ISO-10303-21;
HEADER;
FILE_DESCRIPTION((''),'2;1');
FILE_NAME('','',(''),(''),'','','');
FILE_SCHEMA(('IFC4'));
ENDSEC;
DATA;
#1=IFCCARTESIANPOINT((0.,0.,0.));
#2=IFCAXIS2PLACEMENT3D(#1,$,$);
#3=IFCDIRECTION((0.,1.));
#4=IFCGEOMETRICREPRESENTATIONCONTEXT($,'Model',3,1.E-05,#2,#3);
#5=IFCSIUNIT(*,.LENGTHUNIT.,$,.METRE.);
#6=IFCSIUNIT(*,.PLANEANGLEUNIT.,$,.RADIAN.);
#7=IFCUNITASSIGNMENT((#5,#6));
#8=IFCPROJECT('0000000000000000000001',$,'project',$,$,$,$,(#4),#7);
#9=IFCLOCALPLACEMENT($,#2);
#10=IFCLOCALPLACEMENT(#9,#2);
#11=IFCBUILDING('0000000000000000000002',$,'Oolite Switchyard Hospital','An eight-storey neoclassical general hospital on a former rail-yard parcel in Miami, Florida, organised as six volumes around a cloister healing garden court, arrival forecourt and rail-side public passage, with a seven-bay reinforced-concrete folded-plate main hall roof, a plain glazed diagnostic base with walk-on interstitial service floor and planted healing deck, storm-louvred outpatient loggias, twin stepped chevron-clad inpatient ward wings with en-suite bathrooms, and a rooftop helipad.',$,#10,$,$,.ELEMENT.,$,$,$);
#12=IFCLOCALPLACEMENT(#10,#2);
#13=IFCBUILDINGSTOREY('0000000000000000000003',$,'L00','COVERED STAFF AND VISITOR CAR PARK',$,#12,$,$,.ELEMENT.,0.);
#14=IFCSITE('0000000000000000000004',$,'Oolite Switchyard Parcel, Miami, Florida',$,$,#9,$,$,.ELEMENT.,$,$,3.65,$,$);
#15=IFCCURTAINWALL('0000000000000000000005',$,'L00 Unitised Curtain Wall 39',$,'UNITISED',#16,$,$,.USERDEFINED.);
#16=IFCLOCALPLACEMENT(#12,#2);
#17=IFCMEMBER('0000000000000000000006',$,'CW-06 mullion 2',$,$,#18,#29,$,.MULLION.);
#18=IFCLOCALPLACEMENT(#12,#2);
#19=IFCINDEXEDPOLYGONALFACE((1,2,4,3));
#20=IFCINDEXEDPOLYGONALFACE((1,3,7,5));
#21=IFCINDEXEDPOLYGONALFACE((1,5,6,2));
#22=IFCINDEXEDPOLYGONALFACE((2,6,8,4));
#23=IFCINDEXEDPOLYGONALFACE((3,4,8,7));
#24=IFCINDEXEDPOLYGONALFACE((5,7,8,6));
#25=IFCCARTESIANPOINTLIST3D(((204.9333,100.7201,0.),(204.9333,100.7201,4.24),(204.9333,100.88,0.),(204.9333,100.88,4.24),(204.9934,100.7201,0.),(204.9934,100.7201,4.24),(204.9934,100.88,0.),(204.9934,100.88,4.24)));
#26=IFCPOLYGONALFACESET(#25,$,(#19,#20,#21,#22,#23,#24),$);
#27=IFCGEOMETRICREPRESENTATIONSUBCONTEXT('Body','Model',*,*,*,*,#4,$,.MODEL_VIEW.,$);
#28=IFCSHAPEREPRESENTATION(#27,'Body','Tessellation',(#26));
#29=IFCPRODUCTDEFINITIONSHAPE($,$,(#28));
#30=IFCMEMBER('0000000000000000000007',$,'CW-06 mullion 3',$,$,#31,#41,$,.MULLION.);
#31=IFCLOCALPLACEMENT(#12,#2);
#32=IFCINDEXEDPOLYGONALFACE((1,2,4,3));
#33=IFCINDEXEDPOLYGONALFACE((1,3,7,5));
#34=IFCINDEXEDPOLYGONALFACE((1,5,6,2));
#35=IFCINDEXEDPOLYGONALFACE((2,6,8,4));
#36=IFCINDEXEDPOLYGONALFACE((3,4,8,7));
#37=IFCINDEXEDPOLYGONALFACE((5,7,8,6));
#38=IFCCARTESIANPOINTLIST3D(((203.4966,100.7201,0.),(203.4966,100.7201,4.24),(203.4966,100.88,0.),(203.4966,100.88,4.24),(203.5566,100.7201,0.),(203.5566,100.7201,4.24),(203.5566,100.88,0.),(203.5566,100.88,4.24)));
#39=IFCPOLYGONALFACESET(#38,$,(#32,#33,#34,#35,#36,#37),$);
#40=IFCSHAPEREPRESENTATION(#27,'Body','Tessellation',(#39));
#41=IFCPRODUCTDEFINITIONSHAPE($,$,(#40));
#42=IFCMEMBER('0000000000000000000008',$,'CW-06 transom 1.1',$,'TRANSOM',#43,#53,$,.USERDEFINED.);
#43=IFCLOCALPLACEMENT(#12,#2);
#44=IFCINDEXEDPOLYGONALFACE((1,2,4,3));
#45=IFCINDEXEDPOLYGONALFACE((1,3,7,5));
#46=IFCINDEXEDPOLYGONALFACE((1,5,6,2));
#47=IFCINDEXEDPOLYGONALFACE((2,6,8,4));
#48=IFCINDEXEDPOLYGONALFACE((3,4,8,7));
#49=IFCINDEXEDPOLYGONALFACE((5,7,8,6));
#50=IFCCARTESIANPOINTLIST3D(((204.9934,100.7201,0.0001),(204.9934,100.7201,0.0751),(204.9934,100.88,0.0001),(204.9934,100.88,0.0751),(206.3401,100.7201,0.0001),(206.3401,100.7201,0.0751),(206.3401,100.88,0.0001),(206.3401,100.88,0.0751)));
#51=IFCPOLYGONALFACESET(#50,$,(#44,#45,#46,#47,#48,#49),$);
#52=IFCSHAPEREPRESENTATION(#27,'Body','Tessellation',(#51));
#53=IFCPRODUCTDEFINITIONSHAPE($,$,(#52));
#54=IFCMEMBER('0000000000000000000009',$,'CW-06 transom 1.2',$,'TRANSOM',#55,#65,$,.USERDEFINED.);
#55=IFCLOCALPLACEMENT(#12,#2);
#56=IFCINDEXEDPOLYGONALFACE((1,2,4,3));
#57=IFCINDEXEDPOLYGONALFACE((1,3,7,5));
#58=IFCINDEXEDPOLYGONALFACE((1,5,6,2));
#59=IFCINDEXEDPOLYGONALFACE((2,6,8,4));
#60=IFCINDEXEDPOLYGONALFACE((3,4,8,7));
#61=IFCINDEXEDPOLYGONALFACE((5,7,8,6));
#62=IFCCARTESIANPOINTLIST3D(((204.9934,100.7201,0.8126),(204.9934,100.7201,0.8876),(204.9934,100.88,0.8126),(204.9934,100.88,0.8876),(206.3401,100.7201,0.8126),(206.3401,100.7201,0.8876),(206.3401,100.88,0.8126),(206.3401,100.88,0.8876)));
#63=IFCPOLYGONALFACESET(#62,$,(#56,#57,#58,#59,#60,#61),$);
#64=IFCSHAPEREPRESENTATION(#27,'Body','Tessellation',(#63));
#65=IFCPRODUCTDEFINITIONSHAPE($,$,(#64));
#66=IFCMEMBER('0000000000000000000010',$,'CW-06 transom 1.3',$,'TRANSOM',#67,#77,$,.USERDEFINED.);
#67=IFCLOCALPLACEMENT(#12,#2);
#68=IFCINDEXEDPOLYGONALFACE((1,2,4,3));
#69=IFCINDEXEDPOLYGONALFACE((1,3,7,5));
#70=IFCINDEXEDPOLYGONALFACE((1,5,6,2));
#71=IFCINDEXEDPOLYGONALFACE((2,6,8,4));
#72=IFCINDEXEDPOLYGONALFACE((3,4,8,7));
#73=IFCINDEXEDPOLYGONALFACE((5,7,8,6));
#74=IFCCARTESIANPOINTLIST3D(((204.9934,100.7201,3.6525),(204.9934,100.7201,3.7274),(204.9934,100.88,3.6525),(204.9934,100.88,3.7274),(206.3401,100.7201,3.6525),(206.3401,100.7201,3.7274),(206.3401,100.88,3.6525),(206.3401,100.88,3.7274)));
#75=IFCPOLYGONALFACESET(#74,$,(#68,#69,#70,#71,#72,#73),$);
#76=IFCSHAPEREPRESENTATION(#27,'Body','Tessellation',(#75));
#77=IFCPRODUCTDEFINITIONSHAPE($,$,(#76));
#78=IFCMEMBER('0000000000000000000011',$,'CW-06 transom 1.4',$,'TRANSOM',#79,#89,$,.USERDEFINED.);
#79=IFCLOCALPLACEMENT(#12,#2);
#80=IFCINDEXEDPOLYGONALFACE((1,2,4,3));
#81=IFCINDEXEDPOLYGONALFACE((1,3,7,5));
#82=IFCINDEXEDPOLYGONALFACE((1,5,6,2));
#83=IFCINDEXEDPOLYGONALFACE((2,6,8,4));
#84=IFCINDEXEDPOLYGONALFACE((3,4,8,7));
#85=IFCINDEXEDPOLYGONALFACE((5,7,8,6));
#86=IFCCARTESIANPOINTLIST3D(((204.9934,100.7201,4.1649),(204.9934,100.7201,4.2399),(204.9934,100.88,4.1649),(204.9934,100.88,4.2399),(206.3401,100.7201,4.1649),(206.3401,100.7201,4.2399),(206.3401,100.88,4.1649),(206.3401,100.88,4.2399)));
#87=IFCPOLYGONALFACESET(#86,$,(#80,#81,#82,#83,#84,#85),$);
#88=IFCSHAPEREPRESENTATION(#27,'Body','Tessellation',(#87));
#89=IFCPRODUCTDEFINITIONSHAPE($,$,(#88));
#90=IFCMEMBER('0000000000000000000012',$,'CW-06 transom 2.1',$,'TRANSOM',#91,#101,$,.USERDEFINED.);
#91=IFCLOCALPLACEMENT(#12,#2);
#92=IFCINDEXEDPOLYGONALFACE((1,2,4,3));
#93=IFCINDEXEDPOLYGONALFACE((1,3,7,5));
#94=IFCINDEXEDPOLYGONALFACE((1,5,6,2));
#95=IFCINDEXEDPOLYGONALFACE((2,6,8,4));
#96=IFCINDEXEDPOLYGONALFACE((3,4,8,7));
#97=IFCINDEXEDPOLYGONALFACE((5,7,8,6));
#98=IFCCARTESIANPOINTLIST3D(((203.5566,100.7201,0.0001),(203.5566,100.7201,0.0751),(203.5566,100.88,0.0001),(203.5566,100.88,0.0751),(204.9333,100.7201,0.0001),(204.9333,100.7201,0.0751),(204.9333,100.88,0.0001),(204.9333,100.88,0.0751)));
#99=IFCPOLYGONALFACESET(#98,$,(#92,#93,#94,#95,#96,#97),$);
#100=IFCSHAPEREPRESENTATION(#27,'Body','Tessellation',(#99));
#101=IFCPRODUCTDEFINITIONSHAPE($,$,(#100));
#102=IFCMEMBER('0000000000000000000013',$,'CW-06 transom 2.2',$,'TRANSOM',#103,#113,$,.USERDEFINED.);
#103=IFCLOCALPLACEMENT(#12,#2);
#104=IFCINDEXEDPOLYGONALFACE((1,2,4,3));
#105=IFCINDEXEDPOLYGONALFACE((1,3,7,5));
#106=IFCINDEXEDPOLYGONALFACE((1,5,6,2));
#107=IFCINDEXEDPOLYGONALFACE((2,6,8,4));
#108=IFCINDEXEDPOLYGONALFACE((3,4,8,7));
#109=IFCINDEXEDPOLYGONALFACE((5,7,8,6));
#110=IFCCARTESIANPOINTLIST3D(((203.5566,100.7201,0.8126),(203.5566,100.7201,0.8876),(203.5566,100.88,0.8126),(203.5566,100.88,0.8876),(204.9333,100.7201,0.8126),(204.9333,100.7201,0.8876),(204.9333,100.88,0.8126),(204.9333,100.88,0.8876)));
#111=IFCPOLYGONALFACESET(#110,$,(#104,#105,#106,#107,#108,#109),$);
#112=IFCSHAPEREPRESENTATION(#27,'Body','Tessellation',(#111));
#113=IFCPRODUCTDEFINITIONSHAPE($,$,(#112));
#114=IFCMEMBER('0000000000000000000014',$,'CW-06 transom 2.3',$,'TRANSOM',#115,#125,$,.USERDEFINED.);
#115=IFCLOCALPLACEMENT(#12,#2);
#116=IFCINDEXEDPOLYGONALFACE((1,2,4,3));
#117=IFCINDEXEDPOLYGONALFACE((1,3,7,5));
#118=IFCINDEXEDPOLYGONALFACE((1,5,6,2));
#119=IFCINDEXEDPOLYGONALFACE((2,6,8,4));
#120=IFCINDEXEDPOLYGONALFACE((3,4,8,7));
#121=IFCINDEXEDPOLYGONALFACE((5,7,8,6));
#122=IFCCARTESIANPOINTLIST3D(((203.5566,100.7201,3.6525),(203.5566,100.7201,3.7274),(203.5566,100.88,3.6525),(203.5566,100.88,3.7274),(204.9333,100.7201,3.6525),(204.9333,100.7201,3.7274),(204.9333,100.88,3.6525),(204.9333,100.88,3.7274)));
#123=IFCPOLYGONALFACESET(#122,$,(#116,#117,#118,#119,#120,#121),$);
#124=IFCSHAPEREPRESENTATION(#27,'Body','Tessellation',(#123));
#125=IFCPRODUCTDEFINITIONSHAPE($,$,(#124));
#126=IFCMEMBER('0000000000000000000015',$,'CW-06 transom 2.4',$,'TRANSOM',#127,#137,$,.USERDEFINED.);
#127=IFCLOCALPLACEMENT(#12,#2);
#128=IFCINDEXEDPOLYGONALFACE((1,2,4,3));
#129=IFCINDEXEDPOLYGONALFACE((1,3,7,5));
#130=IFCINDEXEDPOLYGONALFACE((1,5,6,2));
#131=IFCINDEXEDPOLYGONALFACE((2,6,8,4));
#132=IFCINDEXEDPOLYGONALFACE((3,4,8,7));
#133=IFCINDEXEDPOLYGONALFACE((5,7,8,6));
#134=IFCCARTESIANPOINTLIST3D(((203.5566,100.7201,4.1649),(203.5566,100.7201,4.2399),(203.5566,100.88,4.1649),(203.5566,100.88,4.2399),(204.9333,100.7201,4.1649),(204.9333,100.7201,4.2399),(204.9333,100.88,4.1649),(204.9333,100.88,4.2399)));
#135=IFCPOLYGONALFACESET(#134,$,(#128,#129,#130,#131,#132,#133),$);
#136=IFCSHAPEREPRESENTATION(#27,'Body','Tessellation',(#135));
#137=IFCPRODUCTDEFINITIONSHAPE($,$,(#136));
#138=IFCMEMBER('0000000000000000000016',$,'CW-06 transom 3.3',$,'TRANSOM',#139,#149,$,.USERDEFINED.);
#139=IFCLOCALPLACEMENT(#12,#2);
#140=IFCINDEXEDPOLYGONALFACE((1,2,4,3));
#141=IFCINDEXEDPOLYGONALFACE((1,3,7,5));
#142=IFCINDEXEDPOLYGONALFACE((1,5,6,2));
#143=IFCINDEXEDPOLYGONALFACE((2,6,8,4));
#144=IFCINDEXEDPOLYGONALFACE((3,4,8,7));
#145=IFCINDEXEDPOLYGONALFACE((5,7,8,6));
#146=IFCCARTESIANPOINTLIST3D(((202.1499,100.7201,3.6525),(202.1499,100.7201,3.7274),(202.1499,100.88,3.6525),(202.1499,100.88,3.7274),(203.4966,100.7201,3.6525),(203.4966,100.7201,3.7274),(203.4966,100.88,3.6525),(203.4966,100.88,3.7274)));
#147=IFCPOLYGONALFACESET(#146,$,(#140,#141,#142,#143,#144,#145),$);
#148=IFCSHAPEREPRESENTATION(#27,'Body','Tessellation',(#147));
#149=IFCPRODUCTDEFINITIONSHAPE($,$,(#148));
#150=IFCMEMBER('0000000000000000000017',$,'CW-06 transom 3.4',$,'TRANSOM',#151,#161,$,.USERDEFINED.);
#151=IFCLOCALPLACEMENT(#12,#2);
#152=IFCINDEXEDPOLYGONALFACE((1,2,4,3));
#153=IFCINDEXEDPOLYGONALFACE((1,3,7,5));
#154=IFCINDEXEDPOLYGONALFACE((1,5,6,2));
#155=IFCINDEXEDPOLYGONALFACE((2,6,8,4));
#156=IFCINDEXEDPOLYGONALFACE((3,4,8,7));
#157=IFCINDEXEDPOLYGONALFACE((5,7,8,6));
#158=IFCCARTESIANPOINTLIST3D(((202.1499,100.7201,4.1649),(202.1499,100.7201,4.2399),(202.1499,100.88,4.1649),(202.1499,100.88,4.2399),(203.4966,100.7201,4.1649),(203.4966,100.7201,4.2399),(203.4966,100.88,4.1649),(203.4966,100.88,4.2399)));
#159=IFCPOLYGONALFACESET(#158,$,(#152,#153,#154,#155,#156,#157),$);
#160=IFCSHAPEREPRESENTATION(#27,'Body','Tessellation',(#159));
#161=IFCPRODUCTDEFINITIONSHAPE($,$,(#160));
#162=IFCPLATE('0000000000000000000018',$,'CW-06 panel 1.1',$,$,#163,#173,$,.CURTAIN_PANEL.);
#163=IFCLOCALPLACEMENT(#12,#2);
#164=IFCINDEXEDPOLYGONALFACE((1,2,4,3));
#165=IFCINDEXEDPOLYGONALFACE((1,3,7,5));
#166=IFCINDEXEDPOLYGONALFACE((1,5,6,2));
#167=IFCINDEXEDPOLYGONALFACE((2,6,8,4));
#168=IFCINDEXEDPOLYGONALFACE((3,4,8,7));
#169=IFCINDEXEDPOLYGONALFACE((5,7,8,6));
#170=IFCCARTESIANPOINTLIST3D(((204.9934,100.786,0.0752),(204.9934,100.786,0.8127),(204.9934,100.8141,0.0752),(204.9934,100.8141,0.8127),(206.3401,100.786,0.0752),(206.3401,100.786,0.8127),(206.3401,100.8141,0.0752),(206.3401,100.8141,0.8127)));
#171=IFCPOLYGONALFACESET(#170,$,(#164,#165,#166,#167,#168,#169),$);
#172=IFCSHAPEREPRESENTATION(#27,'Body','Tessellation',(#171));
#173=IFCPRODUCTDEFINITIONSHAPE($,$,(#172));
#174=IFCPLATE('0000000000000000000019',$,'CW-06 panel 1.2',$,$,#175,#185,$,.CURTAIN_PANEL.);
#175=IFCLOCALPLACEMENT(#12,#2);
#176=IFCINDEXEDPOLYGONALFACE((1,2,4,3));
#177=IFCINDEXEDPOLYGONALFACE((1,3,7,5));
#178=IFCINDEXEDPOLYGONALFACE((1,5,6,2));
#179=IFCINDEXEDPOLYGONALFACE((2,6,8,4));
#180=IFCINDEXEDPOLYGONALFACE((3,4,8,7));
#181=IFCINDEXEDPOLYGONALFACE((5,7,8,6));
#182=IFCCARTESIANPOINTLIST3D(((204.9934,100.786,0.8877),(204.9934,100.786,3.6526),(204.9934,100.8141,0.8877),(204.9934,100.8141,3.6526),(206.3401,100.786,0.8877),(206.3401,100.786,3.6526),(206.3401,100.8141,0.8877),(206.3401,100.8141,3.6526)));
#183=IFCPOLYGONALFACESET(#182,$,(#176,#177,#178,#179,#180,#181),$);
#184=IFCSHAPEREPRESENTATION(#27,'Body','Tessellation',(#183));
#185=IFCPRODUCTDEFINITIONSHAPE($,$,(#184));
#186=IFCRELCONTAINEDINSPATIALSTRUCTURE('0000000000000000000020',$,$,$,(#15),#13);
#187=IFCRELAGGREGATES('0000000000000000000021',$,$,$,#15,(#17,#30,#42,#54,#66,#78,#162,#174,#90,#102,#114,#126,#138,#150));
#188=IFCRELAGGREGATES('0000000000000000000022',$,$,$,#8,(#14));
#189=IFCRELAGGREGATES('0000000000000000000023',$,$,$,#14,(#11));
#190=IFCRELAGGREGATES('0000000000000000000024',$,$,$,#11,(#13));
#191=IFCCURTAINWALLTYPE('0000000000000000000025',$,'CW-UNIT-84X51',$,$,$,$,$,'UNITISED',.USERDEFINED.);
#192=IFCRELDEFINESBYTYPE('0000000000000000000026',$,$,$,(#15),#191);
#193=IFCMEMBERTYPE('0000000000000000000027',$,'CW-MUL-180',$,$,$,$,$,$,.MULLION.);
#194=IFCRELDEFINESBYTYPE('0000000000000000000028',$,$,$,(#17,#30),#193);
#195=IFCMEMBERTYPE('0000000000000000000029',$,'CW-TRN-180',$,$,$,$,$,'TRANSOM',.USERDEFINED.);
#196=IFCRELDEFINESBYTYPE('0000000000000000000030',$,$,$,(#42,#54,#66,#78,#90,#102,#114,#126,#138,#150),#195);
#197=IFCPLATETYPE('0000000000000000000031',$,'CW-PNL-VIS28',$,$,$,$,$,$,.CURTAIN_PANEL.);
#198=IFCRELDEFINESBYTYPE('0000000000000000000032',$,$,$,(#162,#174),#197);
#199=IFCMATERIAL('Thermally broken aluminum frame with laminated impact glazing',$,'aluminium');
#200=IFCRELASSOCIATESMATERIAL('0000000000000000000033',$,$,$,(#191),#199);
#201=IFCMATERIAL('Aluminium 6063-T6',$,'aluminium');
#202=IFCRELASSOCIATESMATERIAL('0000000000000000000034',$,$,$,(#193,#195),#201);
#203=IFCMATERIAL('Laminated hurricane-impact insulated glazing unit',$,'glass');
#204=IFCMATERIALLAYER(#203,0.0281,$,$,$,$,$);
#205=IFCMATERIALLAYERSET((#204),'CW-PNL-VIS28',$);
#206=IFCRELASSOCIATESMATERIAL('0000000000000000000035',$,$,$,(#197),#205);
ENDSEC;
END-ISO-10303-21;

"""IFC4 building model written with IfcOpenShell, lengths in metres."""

from ifc_helpers import new_model, si_unit, direction, frame, origin, origin_2d, place, context, subcontext, project, spatial, rectangle, extrude, material, layer, layer_set, material_profile, profile_set, type_object, element, aggregate, save


model = new_model("IFC4")

# Units and contexts
model_context = context("Model", 3, precision=1e-05, world=origin(), true_north=direction((0.0, 1.0)))
body_context = subcontext(model_context, "Body", "Model", "MODEL_VIEW")
ifc_project = project(units=[si_unit("LENGTHUNIT", "METRE"), si_unit("PLANEANGLEUNIT", "RADIAN")], contexts=[model_context])

# Site, building, storey
site_placement = place(None, origin())
site = spatial("IfcSite", under=ifc_project, at=site_placement, Name="Oolite Switchyard Parcel, Miami, Florida", CompositionType="ELEMENT", RefElevation=3.65)
building_placement = place(site_placement, origin())
building = spatial("IfcBuilding", under=site, at=building_placement, Name="Oolite Switchyard Hospital", Description="An eight-storey neoclassical general hospital on a former rail-yard parcel in Miami, Florida, organised as six volumes around a cloister healing garden court, arrival forecourt and rail-side public passage, with a seven-bay reinforced-concrete folded-plate main hall roof, a plain glazed diagnostic base with walk-on interstitial service floor and planted healing deck, storm-louvred outpatient loggias, twin stepped chevron-clad inpatient ward wings with en-suite bathrooms, and a rooftop helipad.", CompositionType="ELEMENT")
storey_placement = place(building_placement, origin())
storey = spatial("IfcBuildingStorey", under=building, at=storey_placement, Name="L00", Description="COVERED STAFF AND VISITOR CAR PARK", CompositionType="ELEMENT", Elevation=0.0)

# Curtain wall, members, plates
ifc_material_1 = material(Name="Thermally broken aluminum frame with laminated impact glazing", Category="aluminium")
curtain_wall_type = type_object("IfcCurtainWallType", Name="CW-UNIT-84X51", ElementType="UNITISED", PredefinedType="USERDEFINED", material=ifc_material_1)
curtain_wall_placement = place(storey_placement, origin())
curtain_wall = element("IfcCurtainWall", 1, at=curtain_wall_placement, inside=storey, type_object=curtain_wall_type, Name="L00 Unitised Curtain Wall 39", ObjectType="UNITISED", PredefinedType="USERDEFINED")
ifc_material_2 = material(Name="Aluminium 6063-T6", Category="aluminium")
ifc_material_profile_1 = material_profile(ifc_material_2, rectangle(XDim=0.1599, YDim=0.0601, at=origin_2d()), Name="CWM60X160")
ifc_profile_set_1 = profile_set([ifc_material_profile_1], Name="Aluminium 6063-T6")
member_type_1 = type_object("IfcMemberType", Name="CW-MUL-180", PredefinedType="MULLION", material=ifc_profile_set_1)
member_1_placement = place(storey_placement, frame((204.9634, 100.8, 0.0), z_axis=(0.0, 0.0, 1.0), x_axis=(0.0, -1.0, 0.0)))
member_1 = element("IfcMember", 2, at=member_1_placement, type_object=member_type_1, Name="CW-06 mullion 2", PredefinedType="MULLION", context=body_context, shape_type="SweptSolid", body=[
    extrude(rectangle(XDim=0.1599, YDim=0.0601, at=origin_2d()), origin(), (0.0, 0.0, 1.0), 4.24),
])
member_2_placement = place(storey_placement, frame((203.5266, 100.8, 0.0), z_axis=(0.0, 0.0, 1.0), x_axis=(0.0, -1.0, 0.0)))
member_2 = element("IfcMember", 3, at=member_2_placement, type_object=member_type_1, Name="CW-06 mullion 3", PredefinedType="MULLION", context=body_context, shape_type="SweptSolid", body=[
    extrude(rectangle(XDim=0.1599, YDim=0.0601, at=origin_2d()), origin(), (0.0, 0.0, 1.0), 4.24),
])
ifc_material_profile_2 = material_profile(ifc_material_2, rectangle(XDim=0.1599, YDim=0.075, at=origin_2d()), Name="CWT75X160")
ifc_profile_set_2 = profile_set([ifc_material_profile_2], Name="Aluminium 6063-T6")
member_type_2 = type_object("IfcMemberType", Name="CW-TRN-180", ElementType="TRANSOM", PredefinedType="USERDEFINED", material=ifc_profile_set_2)
member_3_placement = place(storey_placement, frame((206.3401, 100.8, 0.0376), z_axis=(-1.0, 0.0, 0.0), x_axis=(0.0, -1.0, 0.0)))
member_3 = element("IfcMember", 4, at=member_3_placement, type_object=member_type_2, Name="CW-06 transom 1.1", ObjectType="TRANSOM", PredefinedType="USERDEFINED", context=body_context, shape_type="SweptSolid", body=[
    extrude(rectangle(XDim=0.1599, YDim=0.075, at=origin_2d()), origin(), (0.0, 0.0, 1.0), 1.3467),
])
member_4_placement = place(storey_placement, frame((206.3401, 100.8, 0.8501), z_axis=(-1.0, 0.0, 0.0), x_axis=(0.0, -1.0, 0.0)))
member_4 = element("IfcMember", 5, at=member_4_placement, type_object=member_type_2, Name="CW-06 transom 1.2", ObjectType="TRANSOM", PredefinedType="USERDEFINED", context=body_context, shape_type="SweptSolid", body=[
    extrude(rectangle(XDim=0.1599, YDim=0.075, at=origin_2d()), origin(), (0.0, 0.0, 1.0), 1.3467),
])
member_5_placement = place(storey_placement, frame((206.3401, 100.8, 3.6899), z_axis=(-1.0, 0.0, 0.0), x_axis=(0.0, -1.0, 0.0)))
member_5 = element("IfcMember", 6, at=member_5_placement, type_object=member_type_2, Name="CW-06 transom 1.3", ObjectType="TRANSOM", PredefinedType="USERDEFINED", context=body_context, shape_type="SweptSolid", body=[
    extrude(rectangle(XDim=0.1599, YDim=0.075, at=origin_2d()), origin(), (0.0, 0.0, 1.0), 1.3467),
])
member_6_placement = place(storey_placement, frame((206.3401, 100.8, 4.2024), z_axis=(-1.0, 0.0, 0.0), x_axis=(0.0, -1.0, 0.0)))
member_6 = element("IfcMember", 7, at=member_6_placement, type_object=member_type_2, Name="CW-06 transom 1.4", ObjectType="TRANSOM", PredefinedType="USERDEFINED", context=body_context, shape_type="SweptSolid", body=[
    extrude(rectangle(XDim=0.1599, YDim=0.075, at=origin_2d()), origin(), (0.0, 0.0, 1.0), 1.3467),
])
member_7_placement = place(storey_placement, frame((204.9333, 100.8, 0.0376), z_axis=(-1.0, 0.0, 0.0), x_axis=(0.0, -1.0, 0.0)))
member_7 = element("IfcMember", 8, at=member_7_placement, type_object=member_type_2, Name="CW-06 transom 2.1", ObjectType="TRANSOM", PredefinedType="USERDEFINED", context=body_context, shape_type="SweptSolid", body=[
    extrude(rectangle(XDim=0.1599, YDim=0.075, at=origin_2d()), origin(), (0.0, 0.0, 1.0), 1.3767),
])
member_8_placement = place(storey_placement, frame((204.9333, 100.8, 0.8501), z_axis=(-1.0, 0.0, 0.0), x_axis=(0.0, -1.0, 0.0)))
member_8 = element("IfcMember", 9, at=member_8_placement, type_object=member_type_2, Name="CW-06 transom 2.2", ObjectType="TRANSOM", PredefinedType="USERDEFINED", context=body_context, shape_type="SweptSolid", body=[
    extrude(rectangle(XDim=0.1599, YDim=0.075, at=origin_2d()), origin(), (0.0, 0.0, 1.0), 1.3767),
])
member_9_placement = place(storey_placement, frame((204.9333, 100.8, 3.6899), z_axis=(-1.0, 0.0, 0.0), x_axis=(0.0, -1.0, 0.0)))
member_9 = element("IfcMember", 10, at=member_9_placement, type_object=member_type_2, Name="CW-06 transom 2.3", ObjectType="TRANSOM", PredefinedType="USERDEFINED", context=body_context, shape_type="SweptSolid", body=[
    extrude(rectangle(XDim=0.1599, YDim=0.075, at=origin_2d()), origin(), (0.0, 0.0, 1.0), 1.3767),
])
member_10_placement = place(storey_placement, frame((204.9333, 100.8, 4.2024), z_axis=(-1.0, 0.0, 0.0), x_axis=(0.0, -1.0, 0.0)))
member_10 = element("IfcMember", 11, at=member_10_placement, type_object=member_type_2, Name="CW-06 transom 2.4", ObjectType="TRANSOM", PredefinedType="USERDEFINED", context=body_context, shape_type="SweptSolid", body=[
    extrude(rectangle(XDim=0.1599, YDim=0.075, at=origin_2d()), origin(), (0.0, 0.0, 1.0), 1.3767),
])
member_11_placement = place(storey_placement, frame((203.4966, 100.8, 3.6899), z_axis=(-1.0, 0.0, 0.0), x_axis=(0.0, -1.0, 0.0)))
member_11 = element("IfcMember", 12, at=member_11_placement, type_object=member_type_2, Name="CW-06 transom 3.3", ObjectType="TRANSOM", PredefinedType="USERDEFINED", context=body_context, shape_type="SweptSolid", body=[
    extrude(rectangle(XDim=0.1599, YDim=0.075, at=origin_2d()), origin(), (0.0, 0.0, 1.0), 1.3467),
])
member_12_placement = place(storey_placement, frame((203.4966, 100.8, 4.2024), z_axis=(-1.0, 0.0, 0.0), x_axis=(0.0, -1.0, 0.0)))
member_12 = element("IfcMember", 13, at=member_12_placement, type_object=member_type_2, Name="CW-06 transom 3.4", ObjectType="TRANSOM", PredefinedType="USERDEFINED", context=body_context, shape_type="SweptSolid", body=[
    extrude(rectangle(XDim=0.1599, YDim=0.075, at=origin_2d()), origin(), (0.0, 0.0, 1.0), 1.3467),
])
ifc_material_3 = material(Name="Laminated hurricane-impact insulated glazing unit", Category="glass")
ifc_layer_1 = layer(ifc_material_3, 0.0281)
ifc_layer_set_1 = layer_set([ifc_layer_1], Name="CW-PNL-VIS28")
plate_type = type_object("IfcPlateType", Name="CW-PNL-VIS28", PredefinedType="CURTAIN_PANEL", material=ifc_layer_set_1)
plate_1_placement = place(storey_placement, frame((205.6667, 100.8, 0.0752), z_axis=(0.0, 0.0, 1.0), x_axis=(-1.0, 0.0, 0.0)))
plate_1 = element("IfcPlate", 14, at=plate_1_placement, type_object=plate_type, Name="CW-06 panel 1.1", PredefinedType="CURTAIN_PANEL", context=body_context, shape_type="SweptSolid", body=[
    extrude(rectangle(XDim=1.3467, YDim=0.0281, at=origin_2d()), origin(), (0.0, 0.0, 1.0), 0.7375),
])
plate_2_placement = place(storey_placement, frame((205.6667, 100.8, 0.8877), z_axis=(0.0, 0.0, 1.0), x_axis=(-1.0, 0.0, 0.0)))
plate_2 = element("IfcPlate", 15, at=plate_2_placement, type_object=plate_type, Name="CW-06 panel 1.2", PredefinedType="CURTAIN_PANEL", context=body_context, shape_type="SweptSolid", body=[
    extrude(rectangle(XDim=1.3467, YDim=0.0281, at=origin_2d()), origin(), (0.0, 0.0, 1.0), 2.7649),
])
aggregate(curtain_wall, [member_1, member_2, member_3, member_4, member_5, member_6, plate_1, plate_2, member_7, member_8, member_9, member_10, member_11, member_12])

save(model, "model.ifc")
